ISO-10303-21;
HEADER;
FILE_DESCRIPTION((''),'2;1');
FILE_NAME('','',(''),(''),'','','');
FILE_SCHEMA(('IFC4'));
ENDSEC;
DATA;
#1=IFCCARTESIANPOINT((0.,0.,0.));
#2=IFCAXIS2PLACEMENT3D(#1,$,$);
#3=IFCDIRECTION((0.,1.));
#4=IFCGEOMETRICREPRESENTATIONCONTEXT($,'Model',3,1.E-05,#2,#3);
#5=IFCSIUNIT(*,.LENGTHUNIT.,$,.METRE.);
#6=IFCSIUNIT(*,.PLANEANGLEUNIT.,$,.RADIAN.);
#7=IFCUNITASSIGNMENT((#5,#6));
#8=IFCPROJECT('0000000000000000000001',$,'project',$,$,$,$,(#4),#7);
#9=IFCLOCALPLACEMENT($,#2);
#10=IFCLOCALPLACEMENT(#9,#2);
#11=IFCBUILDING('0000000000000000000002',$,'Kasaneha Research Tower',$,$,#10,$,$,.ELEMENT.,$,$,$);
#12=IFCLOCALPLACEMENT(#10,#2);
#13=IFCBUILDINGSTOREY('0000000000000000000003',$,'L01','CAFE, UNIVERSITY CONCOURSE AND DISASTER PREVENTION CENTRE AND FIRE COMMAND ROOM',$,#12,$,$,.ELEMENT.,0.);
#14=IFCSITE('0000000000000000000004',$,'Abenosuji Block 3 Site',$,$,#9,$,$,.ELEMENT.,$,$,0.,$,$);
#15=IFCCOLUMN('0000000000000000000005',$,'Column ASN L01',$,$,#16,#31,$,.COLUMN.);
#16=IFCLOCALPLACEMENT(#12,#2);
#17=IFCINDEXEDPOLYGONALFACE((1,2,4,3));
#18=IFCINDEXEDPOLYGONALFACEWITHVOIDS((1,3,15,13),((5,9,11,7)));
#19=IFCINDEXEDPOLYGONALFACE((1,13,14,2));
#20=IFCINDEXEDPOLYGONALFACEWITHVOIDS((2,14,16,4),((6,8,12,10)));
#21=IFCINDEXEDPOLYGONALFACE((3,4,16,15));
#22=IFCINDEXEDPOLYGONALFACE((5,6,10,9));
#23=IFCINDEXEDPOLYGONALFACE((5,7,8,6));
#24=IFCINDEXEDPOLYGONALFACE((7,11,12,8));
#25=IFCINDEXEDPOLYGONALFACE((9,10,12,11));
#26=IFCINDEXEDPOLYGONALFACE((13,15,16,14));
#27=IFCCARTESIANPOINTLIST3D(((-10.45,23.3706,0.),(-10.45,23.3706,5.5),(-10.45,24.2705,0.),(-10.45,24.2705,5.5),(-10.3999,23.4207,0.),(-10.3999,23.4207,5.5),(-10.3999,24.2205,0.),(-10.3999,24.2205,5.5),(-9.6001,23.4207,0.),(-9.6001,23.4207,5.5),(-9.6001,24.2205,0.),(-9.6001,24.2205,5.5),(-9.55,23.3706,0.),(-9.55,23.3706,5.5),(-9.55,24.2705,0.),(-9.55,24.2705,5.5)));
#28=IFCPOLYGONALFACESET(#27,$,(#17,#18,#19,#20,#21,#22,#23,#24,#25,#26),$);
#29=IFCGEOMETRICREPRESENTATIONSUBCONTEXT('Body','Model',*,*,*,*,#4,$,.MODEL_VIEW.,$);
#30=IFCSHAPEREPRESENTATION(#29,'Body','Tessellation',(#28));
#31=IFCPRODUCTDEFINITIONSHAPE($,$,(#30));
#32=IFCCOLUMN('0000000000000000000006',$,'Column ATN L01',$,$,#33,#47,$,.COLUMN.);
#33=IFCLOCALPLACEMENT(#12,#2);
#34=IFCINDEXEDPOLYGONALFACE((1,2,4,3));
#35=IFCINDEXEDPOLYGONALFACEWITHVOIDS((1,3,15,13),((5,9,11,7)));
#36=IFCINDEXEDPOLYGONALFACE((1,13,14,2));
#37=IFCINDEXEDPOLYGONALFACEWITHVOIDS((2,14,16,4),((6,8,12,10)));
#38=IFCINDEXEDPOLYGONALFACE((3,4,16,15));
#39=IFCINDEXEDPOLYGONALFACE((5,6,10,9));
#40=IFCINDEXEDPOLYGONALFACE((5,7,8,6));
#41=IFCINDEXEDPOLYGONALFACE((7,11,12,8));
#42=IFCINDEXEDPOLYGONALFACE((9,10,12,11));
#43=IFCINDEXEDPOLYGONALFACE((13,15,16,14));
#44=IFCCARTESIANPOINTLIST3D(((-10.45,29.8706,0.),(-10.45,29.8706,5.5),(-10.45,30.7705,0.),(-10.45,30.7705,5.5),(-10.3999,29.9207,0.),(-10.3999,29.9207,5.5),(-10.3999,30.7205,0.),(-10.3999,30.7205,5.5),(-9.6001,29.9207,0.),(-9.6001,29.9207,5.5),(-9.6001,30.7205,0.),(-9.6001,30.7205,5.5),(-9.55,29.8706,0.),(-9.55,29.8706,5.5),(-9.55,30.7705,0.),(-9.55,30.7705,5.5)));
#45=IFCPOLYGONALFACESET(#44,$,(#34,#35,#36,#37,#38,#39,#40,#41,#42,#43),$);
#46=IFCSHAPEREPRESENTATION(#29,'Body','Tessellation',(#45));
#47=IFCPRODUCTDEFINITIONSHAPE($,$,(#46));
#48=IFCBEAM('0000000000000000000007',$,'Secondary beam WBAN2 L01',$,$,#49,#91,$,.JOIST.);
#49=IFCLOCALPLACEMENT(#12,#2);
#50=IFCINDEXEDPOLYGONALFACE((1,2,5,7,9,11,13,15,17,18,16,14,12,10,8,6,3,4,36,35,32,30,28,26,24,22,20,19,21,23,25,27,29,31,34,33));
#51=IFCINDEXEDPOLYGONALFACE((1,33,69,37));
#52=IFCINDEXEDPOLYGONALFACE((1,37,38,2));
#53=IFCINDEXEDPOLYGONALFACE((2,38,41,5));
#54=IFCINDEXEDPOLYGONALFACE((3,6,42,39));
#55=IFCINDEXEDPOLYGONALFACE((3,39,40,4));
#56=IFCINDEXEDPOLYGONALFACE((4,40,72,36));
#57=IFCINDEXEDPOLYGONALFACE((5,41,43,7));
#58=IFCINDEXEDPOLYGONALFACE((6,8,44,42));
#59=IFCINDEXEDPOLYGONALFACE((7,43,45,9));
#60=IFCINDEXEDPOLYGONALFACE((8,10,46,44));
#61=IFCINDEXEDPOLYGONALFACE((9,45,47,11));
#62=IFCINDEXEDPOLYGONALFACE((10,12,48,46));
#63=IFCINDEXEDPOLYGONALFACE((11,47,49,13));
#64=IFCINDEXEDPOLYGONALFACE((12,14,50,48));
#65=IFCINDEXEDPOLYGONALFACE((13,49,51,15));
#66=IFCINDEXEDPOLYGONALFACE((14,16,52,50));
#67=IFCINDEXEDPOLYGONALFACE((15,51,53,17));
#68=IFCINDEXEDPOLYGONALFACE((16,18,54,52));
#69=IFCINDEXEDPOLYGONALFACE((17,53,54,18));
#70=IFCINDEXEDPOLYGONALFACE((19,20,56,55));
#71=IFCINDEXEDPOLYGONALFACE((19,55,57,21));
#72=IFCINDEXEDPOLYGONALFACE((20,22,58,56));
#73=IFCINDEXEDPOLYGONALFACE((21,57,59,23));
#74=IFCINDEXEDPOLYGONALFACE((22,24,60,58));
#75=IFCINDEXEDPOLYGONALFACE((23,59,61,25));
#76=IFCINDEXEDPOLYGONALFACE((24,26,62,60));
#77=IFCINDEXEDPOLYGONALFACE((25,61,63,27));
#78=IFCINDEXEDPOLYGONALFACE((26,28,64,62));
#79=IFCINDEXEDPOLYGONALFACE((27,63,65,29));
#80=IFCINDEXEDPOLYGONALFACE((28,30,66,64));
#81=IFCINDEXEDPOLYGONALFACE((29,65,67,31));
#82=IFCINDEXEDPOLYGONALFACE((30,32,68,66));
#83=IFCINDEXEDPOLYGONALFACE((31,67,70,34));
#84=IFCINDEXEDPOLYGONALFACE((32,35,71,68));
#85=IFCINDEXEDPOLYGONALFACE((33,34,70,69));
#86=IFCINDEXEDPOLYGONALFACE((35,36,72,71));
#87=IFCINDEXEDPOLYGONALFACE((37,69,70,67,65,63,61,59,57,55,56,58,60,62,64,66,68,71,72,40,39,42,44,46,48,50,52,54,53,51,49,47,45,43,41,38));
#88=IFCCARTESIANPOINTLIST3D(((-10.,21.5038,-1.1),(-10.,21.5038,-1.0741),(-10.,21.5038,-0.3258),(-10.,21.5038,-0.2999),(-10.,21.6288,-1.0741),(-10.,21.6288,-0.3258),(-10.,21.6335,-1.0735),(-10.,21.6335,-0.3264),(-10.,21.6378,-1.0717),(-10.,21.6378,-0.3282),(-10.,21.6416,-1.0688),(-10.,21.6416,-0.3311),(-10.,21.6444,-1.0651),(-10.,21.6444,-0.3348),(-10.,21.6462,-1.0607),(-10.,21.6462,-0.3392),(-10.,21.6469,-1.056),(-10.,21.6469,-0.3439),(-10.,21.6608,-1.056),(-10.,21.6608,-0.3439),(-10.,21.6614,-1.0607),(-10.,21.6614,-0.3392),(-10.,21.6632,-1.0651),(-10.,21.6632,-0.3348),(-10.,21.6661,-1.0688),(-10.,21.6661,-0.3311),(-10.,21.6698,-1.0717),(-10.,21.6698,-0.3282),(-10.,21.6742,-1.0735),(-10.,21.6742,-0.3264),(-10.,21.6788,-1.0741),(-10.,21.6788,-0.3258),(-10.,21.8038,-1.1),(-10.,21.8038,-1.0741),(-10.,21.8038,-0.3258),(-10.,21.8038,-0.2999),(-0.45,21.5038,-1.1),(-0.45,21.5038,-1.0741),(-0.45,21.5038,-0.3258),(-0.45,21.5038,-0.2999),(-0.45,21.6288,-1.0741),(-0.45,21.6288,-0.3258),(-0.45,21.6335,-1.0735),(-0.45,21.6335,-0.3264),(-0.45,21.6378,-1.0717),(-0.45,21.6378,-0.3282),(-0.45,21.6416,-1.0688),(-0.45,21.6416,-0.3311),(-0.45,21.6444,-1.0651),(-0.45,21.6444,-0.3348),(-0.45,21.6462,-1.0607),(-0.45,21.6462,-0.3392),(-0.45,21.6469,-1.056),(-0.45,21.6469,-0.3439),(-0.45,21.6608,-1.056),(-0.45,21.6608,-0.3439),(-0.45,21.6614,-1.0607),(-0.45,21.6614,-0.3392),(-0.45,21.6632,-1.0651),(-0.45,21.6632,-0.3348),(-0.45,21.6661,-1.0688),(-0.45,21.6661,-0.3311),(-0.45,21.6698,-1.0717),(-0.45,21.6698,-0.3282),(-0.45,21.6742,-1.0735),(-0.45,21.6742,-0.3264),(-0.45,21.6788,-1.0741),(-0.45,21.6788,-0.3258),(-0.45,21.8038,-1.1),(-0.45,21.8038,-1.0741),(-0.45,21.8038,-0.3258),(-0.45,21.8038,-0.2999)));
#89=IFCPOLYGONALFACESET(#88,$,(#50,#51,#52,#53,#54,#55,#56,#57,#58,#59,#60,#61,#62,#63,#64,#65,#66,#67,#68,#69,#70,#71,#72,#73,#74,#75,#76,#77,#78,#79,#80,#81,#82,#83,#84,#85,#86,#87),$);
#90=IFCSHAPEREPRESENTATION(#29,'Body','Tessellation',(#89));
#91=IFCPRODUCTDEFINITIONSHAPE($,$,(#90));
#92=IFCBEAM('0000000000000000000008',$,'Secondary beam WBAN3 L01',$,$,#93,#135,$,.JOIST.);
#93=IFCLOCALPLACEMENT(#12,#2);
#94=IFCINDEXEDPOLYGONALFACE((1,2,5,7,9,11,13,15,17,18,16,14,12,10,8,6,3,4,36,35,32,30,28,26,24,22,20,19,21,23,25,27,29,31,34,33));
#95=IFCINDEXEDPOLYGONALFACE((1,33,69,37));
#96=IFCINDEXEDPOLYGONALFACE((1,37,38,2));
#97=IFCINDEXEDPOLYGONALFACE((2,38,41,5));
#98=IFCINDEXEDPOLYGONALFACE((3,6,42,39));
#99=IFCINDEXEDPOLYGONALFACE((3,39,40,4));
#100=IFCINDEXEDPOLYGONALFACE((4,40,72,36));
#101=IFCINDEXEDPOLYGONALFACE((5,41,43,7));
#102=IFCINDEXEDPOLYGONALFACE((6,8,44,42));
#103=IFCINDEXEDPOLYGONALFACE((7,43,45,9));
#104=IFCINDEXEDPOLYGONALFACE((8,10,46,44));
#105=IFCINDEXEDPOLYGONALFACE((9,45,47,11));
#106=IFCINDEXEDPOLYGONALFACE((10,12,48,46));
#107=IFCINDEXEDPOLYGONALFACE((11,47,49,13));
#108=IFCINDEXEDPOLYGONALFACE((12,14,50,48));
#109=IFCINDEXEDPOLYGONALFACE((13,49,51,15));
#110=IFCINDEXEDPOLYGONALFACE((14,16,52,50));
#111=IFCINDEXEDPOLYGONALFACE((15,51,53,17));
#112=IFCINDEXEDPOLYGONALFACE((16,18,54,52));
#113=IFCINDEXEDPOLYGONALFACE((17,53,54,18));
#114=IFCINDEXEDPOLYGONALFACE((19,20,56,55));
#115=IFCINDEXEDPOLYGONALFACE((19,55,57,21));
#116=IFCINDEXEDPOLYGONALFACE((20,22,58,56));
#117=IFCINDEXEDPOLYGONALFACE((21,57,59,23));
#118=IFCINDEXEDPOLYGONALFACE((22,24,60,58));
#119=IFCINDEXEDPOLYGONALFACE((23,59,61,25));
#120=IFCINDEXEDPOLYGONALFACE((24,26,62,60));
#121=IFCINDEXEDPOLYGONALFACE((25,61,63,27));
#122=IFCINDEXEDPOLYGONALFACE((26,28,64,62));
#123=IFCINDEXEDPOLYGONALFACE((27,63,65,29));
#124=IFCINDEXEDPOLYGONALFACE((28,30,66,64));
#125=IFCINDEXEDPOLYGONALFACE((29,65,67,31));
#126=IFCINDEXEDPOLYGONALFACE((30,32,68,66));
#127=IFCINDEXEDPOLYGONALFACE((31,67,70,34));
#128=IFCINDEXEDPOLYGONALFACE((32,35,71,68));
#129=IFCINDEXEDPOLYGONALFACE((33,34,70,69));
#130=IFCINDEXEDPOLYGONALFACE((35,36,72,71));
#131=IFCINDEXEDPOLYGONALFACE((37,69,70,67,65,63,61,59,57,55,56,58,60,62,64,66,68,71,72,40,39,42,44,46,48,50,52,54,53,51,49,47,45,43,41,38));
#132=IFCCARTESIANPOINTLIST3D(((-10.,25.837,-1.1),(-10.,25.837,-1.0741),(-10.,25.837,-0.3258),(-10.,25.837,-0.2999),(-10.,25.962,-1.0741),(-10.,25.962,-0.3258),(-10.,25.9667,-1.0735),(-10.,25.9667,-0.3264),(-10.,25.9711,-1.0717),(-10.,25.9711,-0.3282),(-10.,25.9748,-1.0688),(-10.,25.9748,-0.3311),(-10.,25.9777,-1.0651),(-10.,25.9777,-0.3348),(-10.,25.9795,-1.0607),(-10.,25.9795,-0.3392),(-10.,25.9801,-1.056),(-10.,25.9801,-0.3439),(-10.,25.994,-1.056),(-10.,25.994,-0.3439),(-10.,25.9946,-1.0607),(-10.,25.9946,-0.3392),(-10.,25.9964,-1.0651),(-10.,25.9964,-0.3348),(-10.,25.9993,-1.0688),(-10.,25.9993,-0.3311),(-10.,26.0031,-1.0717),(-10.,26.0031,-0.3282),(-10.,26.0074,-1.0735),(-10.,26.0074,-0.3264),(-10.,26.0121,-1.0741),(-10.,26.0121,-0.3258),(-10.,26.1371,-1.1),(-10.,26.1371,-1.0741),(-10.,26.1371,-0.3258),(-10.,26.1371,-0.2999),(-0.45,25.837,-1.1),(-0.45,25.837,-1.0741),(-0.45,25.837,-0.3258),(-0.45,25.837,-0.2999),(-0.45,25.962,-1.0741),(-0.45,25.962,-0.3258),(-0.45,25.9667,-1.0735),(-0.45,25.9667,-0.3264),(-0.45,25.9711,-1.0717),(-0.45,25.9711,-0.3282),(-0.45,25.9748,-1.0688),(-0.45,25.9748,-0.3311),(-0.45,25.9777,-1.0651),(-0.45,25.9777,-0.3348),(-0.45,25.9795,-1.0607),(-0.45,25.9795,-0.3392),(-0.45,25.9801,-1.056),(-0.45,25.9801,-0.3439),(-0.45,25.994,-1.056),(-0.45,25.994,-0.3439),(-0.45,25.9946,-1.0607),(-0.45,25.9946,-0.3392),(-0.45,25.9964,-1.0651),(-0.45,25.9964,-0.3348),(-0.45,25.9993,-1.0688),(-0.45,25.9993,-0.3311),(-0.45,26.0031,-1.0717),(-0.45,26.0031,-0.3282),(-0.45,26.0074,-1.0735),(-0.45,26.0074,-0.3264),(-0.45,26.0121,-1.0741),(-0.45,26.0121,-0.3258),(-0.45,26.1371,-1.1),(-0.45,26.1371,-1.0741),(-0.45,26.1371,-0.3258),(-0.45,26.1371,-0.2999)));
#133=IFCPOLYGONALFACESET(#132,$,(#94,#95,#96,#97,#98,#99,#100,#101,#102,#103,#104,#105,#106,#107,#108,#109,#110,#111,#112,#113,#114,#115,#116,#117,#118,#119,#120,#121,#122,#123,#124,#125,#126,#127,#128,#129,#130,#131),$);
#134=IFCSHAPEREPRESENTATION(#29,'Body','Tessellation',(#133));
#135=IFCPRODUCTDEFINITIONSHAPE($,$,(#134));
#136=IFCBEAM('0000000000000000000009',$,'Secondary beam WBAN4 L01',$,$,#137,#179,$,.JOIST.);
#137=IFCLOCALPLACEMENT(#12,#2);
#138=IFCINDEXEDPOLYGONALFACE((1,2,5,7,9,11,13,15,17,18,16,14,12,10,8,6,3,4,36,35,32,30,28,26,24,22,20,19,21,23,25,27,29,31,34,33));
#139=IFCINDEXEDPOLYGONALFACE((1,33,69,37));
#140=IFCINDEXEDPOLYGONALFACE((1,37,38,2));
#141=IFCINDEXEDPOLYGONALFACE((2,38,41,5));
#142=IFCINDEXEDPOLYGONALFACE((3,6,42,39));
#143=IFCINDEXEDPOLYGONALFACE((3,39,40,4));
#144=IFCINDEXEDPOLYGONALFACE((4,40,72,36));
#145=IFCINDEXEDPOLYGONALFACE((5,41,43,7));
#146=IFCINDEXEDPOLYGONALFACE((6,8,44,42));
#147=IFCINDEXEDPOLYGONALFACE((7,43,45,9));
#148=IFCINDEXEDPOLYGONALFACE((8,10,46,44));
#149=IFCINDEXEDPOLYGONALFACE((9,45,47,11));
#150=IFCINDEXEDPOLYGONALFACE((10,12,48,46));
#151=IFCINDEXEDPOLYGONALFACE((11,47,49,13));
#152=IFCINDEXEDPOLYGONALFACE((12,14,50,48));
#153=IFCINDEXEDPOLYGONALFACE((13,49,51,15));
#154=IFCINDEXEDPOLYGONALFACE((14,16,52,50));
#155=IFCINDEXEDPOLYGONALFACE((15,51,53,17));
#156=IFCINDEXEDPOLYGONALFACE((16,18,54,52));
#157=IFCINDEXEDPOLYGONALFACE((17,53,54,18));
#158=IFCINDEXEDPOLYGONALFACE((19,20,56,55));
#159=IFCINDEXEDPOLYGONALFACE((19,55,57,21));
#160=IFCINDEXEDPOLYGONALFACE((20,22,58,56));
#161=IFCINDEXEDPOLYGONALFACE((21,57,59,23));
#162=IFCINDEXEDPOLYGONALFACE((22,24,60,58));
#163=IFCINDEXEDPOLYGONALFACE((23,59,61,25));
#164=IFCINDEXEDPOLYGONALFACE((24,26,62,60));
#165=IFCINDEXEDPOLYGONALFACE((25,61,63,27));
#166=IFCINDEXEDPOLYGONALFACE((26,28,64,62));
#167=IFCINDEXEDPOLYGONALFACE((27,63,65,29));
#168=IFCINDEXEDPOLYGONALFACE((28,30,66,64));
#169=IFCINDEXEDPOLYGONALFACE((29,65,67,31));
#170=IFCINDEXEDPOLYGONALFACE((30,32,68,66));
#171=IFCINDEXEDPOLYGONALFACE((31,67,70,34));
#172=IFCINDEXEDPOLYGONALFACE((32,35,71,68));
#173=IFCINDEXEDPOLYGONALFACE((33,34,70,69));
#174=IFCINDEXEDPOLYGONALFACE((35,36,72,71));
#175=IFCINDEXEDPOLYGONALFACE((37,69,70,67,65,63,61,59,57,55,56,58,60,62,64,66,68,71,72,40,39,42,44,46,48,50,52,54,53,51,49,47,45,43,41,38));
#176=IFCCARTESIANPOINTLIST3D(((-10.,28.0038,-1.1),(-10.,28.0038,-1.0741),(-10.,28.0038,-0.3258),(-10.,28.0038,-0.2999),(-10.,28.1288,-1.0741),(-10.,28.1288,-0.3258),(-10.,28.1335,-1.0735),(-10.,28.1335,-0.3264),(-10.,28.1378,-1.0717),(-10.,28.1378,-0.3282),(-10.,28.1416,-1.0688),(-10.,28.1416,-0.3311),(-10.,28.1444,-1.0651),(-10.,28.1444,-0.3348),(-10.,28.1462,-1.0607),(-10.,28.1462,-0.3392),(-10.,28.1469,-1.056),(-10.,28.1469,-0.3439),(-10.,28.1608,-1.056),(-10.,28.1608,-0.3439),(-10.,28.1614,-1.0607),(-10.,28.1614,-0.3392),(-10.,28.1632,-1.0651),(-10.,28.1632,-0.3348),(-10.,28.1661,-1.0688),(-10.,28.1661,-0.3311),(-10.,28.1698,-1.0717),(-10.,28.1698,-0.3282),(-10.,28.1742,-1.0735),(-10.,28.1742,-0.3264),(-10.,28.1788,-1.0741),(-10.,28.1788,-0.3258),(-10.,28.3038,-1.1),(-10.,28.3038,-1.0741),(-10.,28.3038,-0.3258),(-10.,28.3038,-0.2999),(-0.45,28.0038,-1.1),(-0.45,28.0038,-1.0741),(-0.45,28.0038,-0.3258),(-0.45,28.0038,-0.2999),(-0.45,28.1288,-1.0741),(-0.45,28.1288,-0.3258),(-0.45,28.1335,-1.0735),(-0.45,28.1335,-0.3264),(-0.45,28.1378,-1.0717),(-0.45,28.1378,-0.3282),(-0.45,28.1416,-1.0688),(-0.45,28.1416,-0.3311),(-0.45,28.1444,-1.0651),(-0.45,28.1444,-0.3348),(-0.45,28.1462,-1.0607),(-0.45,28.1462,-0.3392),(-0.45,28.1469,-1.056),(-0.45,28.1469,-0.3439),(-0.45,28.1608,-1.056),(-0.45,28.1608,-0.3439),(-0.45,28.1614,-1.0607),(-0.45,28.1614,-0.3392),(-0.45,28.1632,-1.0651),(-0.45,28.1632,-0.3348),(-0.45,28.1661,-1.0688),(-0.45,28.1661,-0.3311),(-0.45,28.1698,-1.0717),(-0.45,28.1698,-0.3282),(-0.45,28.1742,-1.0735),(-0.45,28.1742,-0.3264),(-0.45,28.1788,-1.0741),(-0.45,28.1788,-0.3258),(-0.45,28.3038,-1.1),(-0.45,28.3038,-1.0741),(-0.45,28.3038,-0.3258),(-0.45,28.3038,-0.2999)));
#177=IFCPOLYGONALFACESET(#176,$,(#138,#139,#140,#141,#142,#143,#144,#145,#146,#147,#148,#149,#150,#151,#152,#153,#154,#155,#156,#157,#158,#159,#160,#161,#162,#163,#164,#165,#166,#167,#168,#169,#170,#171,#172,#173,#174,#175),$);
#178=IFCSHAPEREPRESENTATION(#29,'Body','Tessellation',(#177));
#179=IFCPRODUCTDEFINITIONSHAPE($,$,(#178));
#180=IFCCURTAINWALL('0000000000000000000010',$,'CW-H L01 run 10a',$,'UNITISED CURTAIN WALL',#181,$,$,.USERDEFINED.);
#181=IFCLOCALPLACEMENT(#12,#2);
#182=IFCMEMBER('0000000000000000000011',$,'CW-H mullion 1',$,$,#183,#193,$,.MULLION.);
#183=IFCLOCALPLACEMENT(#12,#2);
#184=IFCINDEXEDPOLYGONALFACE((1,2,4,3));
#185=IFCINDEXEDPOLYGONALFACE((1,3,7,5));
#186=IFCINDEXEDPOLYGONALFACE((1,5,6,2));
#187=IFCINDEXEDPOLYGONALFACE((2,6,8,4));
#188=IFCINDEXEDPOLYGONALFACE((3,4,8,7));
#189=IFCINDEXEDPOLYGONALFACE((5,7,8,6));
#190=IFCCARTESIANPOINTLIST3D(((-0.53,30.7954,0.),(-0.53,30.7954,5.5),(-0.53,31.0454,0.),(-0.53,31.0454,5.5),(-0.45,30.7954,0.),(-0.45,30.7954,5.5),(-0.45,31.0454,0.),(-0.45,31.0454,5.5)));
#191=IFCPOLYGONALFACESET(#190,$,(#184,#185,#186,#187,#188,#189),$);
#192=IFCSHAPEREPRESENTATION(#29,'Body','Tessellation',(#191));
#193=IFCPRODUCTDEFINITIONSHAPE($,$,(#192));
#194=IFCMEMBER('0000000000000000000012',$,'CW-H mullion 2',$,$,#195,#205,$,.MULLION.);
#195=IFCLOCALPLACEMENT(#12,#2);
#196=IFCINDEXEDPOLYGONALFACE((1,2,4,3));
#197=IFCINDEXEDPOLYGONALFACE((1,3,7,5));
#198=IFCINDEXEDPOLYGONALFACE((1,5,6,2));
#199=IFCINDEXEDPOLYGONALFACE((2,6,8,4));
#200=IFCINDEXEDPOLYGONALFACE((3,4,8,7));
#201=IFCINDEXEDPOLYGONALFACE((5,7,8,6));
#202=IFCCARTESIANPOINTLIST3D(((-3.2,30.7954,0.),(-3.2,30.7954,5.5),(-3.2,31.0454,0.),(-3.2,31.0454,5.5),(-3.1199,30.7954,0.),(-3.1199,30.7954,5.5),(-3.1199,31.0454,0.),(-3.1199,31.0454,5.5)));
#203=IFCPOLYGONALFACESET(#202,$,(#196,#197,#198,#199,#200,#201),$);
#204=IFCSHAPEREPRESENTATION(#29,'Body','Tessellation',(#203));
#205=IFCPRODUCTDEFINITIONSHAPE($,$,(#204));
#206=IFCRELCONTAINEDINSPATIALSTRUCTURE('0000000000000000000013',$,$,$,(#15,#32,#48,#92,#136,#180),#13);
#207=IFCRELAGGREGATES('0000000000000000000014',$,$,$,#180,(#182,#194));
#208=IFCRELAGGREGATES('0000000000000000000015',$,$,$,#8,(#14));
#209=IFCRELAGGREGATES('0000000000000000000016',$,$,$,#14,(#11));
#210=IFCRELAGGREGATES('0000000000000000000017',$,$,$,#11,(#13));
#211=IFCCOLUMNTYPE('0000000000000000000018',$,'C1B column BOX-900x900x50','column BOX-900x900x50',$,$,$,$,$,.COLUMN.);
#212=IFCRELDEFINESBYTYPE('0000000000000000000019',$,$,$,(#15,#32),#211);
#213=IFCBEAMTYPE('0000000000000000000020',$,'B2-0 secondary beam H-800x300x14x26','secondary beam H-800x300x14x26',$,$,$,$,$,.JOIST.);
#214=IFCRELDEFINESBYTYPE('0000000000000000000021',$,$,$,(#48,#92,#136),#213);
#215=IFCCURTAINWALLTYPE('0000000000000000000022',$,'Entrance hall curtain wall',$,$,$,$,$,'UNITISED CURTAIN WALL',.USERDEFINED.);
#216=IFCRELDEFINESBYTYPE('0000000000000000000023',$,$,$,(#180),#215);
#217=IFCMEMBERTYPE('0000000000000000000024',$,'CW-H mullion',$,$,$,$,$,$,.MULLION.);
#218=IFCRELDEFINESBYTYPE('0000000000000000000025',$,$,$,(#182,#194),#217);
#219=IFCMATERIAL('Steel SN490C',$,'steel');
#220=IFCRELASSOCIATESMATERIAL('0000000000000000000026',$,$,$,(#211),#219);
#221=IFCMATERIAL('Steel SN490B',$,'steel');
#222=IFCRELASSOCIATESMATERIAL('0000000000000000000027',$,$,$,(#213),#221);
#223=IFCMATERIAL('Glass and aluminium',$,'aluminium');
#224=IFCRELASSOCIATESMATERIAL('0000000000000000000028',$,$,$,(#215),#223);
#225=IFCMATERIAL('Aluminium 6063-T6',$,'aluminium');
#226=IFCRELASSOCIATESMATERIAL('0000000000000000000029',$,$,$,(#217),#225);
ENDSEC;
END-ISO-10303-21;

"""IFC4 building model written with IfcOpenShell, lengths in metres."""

from ifc_helpers import new_model, si_unit, direction, frame, origin, origin_2d, place, context, subcontext, project, spatial, rectangle, hollow_rectangle, i_section, extrude, material, material_profile, profile_set, type_object, element, aggregate, save


model = new_model("IFC4")

# Units and contexts
model_context = context("Model", 3, precision=1e-05, world=origin(), true_north=direction((0.0, 1.0)))
body_context = subcontext(model_context, "Body", "Model", "MODEL_VIEW")
ifc_project = project(units=[si_unit("LENGTHUNIT", "METRE"), si_unit("PLANEANGLEUNIT", "RADIAN")], contexts=[model_context])

# Site, building, storey
site_placement = place(None, origin())
site = spatial("IfcSite", under=ifc_project, at=site_placement, Name="Abenosuji Block 3 Site", CompositionType="ELEMENT", RefElevation=0.0)
building_placement = place(site_placement, origin())
building = spatial("IfcBuilding", under=site, at=building_placement, Name="Kasaneha Research Tower", CompositionType="ELEMENT")
storey_placement = place(building_placement, origin())
storey = spatial("IfcBuildingStorey", under=building, at=storey_placement, Name="L01", Description="CAFE, UNIVERSITY CONCOURSE AND DISASTER PREVENTION CENTRE AND FIRE COMMAND ROOM", CompositionType="ELEMENT", Elevation=0.0)

# Columns
ifc_material_1 = material(Name="Steel SN490C", Category="steel")
ifc_material_profile_1 = material_profile(ifc_material_1, hollow_rectangle(XDim=0.8999, YDim=0.8999, WallThickness=0.05, at=origin_2d()), Name="BOX-900x900x50")
ifc_profile_set_1 = profile_set([ifc_material_profile_1], Name="Steel SN490C")
column_type = type_object("IfcColumnType", Name="C1B column BOX-900x900x50", Description="column BOX-900x900x50", PredefinedType="COLUMN", material=ifc_profile_set_1)
for number, where, z_axis, x_axis, name in (
    (1, (-10.0, 23.8206, 0.0), (0.0, 0.0, 1.0), (1.0, 0.0, 0.0), "Column ASN L01"),
    (2, (-10.0, 30.3206, 0.0), (0.0, 0.0, 1.0), (1.0, 0.0, 0.0), "Column ATN L01"),
):
    element("IfcColumn", number, at=place(storey_placement, frame(where, z_axis=z_axis, x_axis=x_axis)), inside=storey, type_object=column_type, Name=name, PredefinedType="COLUMN", context=body_context, shape_type="SweptSolid", body=[
        extrude(hollow_rectangle(XDim=0.8999, YDim=0.8999, WallThickness=0.05, at=origin_2d()), origin(), (0.0, 0.0, 1.0), 5.5),
    ])

# Beams
ifc_material_2 = material(Name="Steel SN490B", Category="steel")
ifc_material_profile_2 = material_profile(ifc_material_2, i_section(OverallWidth=0.3, OverallDepth=0.8, WebThickness=0.0139, FlangeThickness=0.0259, FilletRadius=0.0181, at=origin_2d()), Name="H-800x300x14x26")
ifc_profile_set_2 = profile_set([ifc_material_profile_2], Name="Steel SN490B")
beam_type_1 = type_object("IfcBeamType", Name="B2-0 secondary beam H-800x300x14x26", Description="secondary beam H-800x300x14x26", PredefinedType="JOIST", material=ifc_profile_set_2)
for number, where, z_axis, x_axis, name in (
    (3, (-10.0, 21.6538, -0.7), (1.0, 0.0, 0.0), (0.0, 1.0, 0.0), "Secondary beam WBAN2 L01"),
    (4, (-10.0, 25.9871, -0.7), (1.0, 0.0, 0.0), (0.0, 1.0, 0.0), "Secondary beam WBAN3 L01"),
    (5, (-10.0, 28.1538, -0.7), (1.0, 0.0, 0.0), (0.0, 1.0, 0.0), "Secondary beam WBAN4 L01"),
):
    element("IfcBeam", number, at=place(storey_placement, frame(where, z_axis=z_axis, x_axis=x_axis)), inside=storey, type_object=beam_type_1, Name=name, PredefinedType="JOIST", context=body_context, shape_type="SweptSolid", body=[
        extrude(i_section(OverallWidth=0.3, OverallDepth=0.8, WebThickness=0.0139, FlangeThickness=0.0259, FilletRadius=0.0181, at=origin_2d()), origin(), (0.0, 0.0, 1.0), 9.55),
    ])

# Curtain wall, members
ifc_material_3 = material(Name="Glass and aluminium", Category="aluminium")
curtain_wall_type = type_object("IfcCurtainWallType", Name="Entrance hall curtain wall", ElementType="UNITISED CURTAIN WALL", PredefinedType="USERDEFINED", material=ifc_material_3)
curtain_wall_1_placement = place(storey_placement, origin())
curtain_wall_1 = element("IfcCurtainWall", 6, at=curtain_wall_1_placement, inside=storey, type_object=curtain_wall_type, Name="CW-H L01 run 10a", ObjectType="UNITISED CURTAIN WALL", PredefinedType="USERDEFINED")
ifc_material_4 = material(Name="Aluminium 6063-T6", Category="aluminium")
ifc_material_profile_3 = material_profile(ifc_material_4, rectangle(XDim=0.0801, YDim=0.25, at=origin_2d()), Name="CW-H mullion 80x250")
ifc_profile_set_3 = profile_set([ifc_material_profile_3], Name="Aluminium 6063-T6")
member_type_1 = type_object("IfcMemberType", Name="CW-H mullion", PredefinedType="MULLION", material=ifc_profile_set_3)
member_1_placement = place(storey_placement, frame((-0.49, 30.9204, 0.0), z_axis=(0.0, 0.0, 1.0), x_axis=(-1.0, 0.0, 0.0)))
member_1 = element("IfcMember", 7, at=member_1_placement, type_object=member_type_1, Name="CW-H mullion 1", PredefinedType="MULLION", context=body_context, shape_type="SweptSolid", body=[
    extrude(rectangle(XDim=0.0801, YDim=0.25, at=origin_2d()), origin(), (0.0, 0.0, 1.0), 5.5),
])
member_2_placement = place(storey_placement, frame((-3.1599, 30.9204, 0.0), z_axis=(0.0, 0.0, 1.0), x_axis=(-1.0, 0.0, 0.0)))
member_2 = element("IfcMember", 8, at=member_2_placement, type_object=member_type_1, Name="CW-H mullion 2", PredefinedType="MULLION", context=body_context, shape_type="SweptSolid", body=[
    extrude(rectangle(XDim=0.0801, YDim=0.25, at=origin_2d()), origin(), (0.0, 0.0, 1.0), 5.5),
])

aggregate(curtain_wall_1, [member_1, member_2])

save(model, "model.ifc")
